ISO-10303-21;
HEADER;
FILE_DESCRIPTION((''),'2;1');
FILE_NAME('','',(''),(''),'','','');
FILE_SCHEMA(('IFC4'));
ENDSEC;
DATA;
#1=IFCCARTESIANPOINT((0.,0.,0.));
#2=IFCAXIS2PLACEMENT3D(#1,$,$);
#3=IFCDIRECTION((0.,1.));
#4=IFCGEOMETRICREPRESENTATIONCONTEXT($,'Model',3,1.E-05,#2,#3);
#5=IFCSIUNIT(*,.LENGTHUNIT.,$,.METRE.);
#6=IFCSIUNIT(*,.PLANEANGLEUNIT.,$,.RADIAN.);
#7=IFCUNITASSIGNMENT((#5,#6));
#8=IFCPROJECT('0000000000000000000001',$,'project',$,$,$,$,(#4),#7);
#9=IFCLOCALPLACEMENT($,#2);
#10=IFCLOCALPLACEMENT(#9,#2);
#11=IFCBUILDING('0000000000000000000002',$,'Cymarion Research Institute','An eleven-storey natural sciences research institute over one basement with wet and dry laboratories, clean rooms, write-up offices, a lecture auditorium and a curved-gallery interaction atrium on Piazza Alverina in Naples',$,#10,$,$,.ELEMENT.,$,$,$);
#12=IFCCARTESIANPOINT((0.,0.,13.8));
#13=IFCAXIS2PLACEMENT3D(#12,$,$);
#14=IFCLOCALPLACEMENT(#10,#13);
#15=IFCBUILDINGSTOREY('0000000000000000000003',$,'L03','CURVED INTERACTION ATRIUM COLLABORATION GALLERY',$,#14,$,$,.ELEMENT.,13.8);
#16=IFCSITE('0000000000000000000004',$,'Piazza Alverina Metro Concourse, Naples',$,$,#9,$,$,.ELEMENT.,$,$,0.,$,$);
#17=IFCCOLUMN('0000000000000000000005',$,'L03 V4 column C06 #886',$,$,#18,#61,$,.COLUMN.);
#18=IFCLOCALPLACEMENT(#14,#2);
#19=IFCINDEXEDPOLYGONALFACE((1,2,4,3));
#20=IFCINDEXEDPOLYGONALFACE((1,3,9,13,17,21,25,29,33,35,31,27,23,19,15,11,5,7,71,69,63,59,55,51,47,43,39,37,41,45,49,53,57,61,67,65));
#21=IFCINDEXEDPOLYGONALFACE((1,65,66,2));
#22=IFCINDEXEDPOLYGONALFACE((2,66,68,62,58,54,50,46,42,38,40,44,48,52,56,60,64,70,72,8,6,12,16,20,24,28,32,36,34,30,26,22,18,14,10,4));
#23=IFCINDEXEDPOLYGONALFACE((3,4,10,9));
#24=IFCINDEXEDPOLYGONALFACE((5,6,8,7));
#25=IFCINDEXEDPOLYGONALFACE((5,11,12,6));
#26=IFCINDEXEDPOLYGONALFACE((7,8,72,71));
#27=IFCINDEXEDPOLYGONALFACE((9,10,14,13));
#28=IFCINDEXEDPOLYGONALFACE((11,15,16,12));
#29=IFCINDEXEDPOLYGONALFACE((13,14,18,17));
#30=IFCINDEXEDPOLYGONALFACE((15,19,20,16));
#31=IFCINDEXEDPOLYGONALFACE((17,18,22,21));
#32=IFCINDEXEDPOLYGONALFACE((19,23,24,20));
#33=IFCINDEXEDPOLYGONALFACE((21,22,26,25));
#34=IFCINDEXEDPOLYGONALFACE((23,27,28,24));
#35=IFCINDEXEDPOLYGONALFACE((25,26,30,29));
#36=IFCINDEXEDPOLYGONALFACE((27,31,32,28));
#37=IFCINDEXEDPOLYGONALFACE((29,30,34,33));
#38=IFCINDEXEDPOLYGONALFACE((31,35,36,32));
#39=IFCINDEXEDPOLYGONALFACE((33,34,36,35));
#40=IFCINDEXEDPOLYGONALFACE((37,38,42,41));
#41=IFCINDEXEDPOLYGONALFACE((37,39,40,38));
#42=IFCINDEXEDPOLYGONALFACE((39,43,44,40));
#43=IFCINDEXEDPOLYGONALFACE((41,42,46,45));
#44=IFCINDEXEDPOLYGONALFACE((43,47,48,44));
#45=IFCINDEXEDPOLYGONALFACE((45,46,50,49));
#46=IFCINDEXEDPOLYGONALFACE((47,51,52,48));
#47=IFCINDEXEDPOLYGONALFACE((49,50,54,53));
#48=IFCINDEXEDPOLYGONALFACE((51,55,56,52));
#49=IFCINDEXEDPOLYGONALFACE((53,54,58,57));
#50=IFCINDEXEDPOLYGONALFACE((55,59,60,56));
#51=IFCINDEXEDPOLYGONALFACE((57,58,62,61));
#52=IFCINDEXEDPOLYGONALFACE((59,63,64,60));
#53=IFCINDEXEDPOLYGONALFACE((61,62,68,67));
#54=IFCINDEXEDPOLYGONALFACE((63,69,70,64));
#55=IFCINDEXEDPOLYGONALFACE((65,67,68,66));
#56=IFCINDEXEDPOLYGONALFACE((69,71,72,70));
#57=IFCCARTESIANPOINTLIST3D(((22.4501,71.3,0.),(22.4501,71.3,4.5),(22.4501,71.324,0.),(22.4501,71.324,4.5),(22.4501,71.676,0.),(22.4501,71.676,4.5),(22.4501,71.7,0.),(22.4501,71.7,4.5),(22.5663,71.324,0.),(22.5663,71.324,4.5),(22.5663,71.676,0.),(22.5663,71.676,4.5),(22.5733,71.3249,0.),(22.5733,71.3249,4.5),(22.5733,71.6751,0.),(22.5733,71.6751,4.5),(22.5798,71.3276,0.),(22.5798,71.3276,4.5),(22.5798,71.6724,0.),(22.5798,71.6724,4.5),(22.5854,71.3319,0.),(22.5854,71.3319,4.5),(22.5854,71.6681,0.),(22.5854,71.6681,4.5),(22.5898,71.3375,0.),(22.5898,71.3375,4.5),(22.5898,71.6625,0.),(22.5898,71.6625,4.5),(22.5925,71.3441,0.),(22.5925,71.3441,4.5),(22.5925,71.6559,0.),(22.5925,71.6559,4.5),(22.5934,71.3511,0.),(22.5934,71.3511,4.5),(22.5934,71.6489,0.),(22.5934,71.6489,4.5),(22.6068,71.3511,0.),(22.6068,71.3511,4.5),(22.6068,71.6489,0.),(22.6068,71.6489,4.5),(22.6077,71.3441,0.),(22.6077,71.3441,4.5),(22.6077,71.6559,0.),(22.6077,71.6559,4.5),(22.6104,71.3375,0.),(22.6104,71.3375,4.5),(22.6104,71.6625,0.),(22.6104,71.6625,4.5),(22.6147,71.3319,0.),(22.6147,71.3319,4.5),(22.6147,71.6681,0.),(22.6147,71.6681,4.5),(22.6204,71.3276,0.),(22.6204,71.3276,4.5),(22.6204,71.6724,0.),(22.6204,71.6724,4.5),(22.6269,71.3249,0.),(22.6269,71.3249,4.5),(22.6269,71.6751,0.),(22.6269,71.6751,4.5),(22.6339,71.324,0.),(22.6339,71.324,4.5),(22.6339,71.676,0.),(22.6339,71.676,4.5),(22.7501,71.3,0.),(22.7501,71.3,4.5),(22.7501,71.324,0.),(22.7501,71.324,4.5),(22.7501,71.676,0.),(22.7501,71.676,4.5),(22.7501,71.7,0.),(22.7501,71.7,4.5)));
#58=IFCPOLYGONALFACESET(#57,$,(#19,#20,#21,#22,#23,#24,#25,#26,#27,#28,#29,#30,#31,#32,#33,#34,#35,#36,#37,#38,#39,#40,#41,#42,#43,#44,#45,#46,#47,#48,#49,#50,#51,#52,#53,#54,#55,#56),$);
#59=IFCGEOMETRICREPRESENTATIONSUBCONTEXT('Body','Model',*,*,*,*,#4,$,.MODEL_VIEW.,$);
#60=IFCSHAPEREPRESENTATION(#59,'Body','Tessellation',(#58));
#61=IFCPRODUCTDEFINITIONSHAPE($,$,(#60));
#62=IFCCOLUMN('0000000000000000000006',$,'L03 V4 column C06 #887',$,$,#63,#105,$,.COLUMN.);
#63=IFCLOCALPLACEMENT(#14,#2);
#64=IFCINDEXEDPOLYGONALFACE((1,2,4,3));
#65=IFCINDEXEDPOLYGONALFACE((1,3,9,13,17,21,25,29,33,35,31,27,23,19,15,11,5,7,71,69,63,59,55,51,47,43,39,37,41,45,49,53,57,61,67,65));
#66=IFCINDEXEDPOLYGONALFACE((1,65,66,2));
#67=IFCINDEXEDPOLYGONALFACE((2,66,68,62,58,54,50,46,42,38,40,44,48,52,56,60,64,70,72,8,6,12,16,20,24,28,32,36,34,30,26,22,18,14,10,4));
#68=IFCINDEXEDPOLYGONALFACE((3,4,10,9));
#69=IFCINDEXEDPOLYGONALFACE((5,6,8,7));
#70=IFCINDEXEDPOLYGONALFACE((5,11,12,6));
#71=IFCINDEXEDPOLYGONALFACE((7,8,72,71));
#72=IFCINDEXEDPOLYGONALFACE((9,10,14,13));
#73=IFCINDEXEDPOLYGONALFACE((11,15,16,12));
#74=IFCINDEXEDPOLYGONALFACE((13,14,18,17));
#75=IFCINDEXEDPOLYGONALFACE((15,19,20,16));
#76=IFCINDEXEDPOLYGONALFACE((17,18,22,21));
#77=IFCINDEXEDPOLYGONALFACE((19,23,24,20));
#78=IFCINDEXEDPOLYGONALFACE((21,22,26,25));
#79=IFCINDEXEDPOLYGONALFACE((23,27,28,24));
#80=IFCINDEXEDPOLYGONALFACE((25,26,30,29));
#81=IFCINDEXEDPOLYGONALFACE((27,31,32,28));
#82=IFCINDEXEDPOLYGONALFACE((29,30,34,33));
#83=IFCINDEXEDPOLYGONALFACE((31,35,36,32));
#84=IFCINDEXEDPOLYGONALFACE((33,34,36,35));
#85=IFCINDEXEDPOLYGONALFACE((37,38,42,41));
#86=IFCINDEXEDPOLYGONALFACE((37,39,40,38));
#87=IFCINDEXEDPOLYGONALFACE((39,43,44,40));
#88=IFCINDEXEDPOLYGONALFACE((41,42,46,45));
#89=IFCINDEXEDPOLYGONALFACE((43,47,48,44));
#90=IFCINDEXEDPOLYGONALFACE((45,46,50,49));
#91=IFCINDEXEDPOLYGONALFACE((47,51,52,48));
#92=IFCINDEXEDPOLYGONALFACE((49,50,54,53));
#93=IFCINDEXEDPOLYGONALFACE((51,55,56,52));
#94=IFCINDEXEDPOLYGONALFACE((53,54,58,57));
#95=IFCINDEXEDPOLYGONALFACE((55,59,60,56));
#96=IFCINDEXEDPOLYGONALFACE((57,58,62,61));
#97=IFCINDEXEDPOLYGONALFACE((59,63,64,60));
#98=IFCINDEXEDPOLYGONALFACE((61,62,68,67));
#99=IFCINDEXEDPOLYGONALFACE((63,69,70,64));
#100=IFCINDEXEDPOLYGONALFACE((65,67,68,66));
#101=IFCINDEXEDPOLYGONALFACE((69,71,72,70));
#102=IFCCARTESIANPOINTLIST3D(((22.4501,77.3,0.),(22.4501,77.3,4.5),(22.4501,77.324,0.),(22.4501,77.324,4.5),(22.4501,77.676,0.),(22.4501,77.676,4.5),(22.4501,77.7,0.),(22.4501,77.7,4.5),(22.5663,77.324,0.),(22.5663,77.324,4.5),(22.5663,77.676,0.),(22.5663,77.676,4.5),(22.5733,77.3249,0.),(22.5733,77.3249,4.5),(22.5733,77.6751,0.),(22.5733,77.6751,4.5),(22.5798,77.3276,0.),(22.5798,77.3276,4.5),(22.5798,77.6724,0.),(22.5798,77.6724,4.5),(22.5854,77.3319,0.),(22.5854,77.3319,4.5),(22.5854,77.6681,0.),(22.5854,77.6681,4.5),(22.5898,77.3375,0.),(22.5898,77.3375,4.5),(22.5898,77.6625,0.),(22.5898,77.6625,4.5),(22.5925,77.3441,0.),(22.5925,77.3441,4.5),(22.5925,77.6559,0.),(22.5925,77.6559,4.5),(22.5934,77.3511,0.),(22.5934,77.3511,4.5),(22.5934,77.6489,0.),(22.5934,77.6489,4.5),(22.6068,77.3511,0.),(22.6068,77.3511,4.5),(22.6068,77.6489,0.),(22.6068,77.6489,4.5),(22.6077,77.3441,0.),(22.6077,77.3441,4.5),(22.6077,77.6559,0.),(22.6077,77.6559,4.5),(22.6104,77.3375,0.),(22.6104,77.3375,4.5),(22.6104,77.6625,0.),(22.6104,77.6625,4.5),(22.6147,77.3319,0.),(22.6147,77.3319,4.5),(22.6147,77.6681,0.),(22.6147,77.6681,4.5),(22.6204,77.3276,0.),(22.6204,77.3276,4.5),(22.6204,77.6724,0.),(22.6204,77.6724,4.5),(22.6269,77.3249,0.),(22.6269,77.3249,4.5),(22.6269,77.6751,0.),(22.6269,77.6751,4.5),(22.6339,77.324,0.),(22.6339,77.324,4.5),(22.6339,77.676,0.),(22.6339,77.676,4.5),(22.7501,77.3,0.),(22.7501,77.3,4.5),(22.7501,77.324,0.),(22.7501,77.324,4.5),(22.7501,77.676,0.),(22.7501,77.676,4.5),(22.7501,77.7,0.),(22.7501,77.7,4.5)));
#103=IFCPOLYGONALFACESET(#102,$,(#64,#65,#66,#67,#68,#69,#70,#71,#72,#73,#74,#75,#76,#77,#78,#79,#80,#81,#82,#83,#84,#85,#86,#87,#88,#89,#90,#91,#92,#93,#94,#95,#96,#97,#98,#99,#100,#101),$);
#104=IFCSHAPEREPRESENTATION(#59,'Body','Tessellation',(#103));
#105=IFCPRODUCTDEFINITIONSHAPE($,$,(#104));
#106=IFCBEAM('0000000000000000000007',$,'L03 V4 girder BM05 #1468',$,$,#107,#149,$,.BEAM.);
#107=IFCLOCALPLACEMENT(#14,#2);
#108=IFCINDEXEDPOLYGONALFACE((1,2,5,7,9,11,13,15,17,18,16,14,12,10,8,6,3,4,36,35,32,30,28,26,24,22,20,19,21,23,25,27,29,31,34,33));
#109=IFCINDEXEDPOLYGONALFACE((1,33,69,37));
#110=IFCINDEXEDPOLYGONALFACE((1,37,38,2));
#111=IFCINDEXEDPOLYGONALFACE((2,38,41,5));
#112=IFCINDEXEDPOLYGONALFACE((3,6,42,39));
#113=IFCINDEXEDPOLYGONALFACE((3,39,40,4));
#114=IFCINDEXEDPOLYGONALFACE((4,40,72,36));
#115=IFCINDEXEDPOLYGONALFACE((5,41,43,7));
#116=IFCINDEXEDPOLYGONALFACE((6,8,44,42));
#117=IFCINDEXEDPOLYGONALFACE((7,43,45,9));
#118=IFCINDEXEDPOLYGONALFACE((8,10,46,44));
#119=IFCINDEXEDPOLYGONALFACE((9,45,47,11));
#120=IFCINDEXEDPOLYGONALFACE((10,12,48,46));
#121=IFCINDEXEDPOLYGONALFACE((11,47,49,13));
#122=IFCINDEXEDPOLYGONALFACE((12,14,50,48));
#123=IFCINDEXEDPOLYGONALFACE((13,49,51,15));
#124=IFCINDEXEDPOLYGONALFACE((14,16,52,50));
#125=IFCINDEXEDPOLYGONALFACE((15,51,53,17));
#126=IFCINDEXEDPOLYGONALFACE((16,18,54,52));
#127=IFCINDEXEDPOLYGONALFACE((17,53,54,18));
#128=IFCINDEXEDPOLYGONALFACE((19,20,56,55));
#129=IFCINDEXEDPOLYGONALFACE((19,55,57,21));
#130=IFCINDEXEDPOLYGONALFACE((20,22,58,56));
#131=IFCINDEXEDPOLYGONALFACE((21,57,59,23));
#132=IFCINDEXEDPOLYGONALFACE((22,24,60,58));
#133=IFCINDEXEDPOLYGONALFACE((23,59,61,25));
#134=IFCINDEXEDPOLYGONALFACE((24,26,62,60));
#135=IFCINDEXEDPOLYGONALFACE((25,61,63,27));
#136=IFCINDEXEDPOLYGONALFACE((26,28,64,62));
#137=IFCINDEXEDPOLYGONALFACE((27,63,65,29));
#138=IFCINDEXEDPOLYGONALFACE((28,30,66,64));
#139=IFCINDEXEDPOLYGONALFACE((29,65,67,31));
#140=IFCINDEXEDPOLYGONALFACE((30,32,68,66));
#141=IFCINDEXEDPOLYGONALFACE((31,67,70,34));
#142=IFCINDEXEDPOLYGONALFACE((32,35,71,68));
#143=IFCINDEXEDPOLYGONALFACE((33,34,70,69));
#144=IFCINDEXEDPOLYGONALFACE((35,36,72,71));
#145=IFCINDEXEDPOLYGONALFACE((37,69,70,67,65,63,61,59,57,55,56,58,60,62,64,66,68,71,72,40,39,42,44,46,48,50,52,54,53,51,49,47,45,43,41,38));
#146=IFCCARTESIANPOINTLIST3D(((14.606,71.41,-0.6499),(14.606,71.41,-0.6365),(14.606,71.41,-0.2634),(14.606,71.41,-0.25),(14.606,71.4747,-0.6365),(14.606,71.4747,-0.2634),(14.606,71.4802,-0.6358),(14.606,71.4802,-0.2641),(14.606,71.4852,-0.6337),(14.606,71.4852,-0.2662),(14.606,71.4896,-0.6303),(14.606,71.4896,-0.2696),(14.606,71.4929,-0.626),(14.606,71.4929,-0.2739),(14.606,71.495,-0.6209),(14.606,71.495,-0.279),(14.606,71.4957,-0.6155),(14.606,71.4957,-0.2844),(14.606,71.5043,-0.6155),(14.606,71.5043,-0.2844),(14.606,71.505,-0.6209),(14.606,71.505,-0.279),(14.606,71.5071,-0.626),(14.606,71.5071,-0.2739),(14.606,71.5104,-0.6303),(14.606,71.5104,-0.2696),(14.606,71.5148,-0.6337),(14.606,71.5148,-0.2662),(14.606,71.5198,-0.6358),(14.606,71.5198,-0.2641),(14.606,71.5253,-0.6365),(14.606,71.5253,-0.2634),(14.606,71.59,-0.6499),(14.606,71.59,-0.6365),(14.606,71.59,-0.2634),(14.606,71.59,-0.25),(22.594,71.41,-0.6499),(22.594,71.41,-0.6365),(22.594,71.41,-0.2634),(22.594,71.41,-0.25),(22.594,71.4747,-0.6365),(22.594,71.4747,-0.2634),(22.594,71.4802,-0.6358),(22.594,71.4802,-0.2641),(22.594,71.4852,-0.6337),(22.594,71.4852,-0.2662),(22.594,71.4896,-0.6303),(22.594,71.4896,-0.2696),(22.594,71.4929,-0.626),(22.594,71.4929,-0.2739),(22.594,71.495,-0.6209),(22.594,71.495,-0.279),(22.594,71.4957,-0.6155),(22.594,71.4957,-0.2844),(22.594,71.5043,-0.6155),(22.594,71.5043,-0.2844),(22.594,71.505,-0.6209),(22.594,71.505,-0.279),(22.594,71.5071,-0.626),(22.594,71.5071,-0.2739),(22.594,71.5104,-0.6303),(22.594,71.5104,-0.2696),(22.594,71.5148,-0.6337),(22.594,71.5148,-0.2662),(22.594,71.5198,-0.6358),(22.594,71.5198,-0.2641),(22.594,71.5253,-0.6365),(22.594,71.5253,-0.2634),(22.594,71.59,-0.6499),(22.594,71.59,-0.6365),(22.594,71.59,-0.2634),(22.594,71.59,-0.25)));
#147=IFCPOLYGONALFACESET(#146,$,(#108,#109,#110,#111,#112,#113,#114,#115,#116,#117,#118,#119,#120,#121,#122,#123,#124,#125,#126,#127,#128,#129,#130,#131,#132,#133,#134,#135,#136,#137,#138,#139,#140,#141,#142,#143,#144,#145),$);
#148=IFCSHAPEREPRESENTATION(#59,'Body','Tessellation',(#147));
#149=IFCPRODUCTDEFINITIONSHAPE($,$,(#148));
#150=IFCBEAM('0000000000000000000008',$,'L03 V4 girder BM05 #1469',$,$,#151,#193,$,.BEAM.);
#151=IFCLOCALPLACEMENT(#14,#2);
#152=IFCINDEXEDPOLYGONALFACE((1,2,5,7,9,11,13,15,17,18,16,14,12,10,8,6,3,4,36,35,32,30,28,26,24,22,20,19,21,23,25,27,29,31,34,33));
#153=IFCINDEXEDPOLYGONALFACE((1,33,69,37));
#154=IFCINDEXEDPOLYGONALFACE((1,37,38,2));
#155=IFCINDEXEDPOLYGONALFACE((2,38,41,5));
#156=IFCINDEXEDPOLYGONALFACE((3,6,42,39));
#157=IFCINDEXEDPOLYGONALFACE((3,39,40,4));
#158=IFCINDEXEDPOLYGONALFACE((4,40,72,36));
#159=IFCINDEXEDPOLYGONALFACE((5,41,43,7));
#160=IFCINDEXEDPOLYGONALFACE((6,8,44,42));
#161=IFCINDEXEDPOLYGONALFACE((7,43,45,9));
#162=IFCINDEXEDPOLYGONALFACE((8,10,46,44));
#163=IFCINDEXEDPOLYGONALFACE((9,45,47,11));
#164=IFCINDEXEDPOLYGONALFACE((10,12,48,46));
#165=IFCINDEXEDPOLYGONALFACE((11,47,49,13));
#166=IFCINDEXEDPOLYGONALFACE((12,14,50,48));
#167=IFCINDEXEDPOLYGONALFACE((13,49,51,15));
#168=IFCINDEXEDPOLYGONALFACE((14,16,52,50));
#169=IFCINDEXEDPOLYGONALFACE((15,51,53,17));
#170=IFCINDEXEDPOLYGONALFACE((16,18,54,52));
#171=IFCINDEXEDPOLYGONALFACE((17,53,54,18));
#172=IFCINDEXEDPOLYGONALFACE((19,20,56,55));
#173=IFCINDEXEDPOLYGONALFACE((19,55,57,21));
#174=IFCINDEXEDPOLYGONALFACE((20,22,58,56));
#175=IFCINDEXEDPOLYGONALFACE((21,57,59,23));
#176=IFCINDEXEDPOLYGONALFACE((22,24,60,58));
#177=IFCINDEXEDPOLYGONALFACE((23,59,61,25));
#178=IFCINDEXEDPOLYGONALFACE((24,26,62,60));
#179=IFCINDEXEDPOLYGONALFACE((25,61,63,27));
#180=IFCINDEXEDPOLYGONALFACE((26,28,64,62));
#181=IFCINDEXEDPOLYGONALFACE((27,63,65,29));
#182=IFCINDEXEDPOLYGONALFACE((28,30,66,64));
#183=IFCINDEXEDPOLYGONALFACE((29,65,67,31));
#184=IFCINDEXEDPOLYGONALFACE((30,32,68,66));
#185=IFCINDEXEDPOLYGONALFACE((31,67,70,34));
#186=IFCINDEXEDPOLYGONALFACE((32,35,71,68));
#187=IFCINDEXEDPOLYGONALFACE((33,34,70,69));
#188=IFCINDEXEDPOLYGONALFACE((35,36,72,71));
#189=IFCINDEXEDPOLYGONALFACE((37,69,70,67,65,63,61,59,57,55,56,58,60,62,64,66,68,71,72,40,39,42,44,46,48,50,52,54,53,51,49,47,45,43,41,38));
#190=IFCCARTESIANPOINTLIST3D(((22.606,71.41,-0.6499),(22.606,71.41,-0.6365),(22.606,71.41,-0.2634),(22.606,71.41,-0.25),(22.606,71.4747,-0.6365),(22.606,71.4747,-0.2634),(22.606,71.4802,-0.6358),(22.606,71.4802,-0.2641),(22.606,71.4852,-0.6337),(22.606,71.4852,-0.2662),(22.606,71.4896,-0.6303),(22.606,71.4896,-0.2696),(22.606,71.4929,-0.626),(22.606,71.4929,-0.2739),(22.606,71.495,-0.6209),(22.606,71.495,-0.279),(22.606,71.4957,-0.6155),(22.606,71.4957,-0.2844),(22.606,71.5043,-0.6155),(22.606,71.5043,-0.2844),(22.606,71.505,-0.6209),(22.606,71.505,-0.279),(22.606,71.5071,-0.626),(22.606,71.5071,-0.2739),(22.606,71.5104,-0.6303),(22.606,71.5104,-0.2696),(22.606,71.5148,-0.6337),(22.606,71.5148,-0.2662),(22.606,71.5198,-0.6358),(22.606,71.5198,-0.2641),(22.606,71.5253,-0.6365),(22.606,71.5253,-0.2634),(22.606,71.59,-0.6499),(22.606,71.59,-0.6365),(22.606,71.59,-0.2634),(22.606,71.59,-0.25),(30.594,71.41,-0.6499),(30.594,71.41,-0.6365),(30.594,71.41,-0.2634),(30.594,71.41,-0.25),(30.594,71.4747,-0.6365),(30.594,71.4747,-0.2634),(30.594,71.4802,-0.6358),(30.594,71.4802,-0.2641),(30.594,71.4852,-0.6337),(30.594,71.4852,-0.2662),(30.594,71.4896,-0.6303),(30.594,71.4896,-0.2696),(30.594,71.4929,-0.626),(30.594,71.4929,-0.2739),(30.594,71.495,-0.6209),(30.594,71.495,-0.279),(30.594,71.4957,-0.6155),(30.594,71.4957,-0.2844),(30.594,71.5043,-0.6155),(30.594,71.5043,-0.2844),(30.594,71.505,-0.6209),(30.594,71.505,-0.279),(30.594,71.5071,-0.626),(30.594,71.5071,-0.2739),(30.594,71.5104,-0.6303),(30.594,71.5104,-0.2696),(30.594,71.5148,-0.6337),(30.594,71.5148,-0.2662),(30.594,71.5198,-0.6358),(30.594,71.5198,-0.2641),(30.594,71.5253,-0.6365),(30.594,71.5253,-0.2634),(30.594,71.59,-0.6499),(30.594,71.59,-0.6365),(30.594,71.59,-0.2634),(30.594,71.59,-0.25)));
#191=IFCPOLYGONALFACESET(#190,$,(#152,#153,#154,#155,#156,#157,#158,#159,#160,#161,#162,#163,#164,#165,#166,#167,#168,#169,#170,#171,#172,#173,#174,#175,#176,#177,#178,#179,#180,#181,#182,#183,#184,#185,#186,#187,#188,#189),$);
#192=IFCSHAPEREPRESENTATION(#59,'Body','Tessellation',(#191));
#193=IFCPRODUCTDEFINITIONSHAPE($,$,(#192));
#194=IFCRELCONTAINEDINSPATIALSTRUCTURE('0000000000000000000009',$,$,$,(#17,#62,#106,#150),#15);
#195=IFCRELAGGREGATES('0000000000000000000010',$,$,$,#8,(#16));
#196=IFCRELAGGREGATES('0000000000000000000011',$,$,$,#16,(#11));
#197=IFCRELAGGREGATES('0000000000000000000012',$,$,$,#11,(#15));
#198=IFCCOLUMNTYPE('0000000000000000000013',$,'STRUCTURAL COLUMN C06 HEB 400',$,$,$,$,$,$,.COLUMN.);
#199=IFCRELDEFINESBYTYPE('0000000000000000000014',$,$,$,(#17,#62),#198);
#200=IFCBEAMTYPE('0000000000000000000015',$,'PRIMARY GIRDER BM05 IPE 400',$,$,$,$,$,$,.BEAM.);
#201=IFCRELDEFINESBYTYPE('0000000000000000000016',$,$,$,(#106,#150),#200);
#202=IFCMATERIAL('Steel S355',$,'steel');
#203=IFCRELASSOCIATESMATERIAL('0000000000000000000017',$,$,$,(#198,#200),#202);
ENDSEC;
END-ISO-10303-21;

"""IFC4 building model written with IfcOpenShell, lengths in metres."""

from ifc_helpers import new_model, si_unit, direction, frame, origin, origin_2d, place, context, subcontext, project, spatial, i_section, extrude, material, material_profile, profile_set, type_object, element, save


model = new_model("IFC4")

# Units and contexts
model_context = context("Model", 3, precision=1e-05, world=origin(), true_north=direction((0.0, 1.0)))
body_context = subcontext(model_context, "Body", "Model", "MODEL_VIEW")
ifc_project = project(units=[si_unit("LENGTHUNIT", "METRE"), si_unit("PLANEANGLEUNIT", "RADIAN")], contexts=[model_context])

# Site, building, storey
site_placement = place(None, origin())
site = spatial("IfcSite", under=ifc_project, at=site_placement, Name="Piazza Alverina Metro Concourse, Naples", CompositionType="ELEMENT", RefElevation=0.0)
building_placement = place(site_placement, origin())
building = spatial("IfcBuilding", under=site, at=building_placement, Name="Cymarion Research Institute", Description="An eleven-storey natural sciences research institute over one basement with wet and dry laboratories, clean rooms, write-up offices, a lecture auditorium and a curved-gallery interaction atrium on Piazza Alverina in Naples", CompositionType="ELEMENT")
storey_placement = place(building_placement, frame((0.0, 0.0, 13.8)))
storey = spatial("IfcBuildingStorey", under=building, at=storey_placement, Name="L03", Description="CURVED INTERACTION ATRIUM COLLABORATION GALLERY", CompositionType="ELEMENT", Elevation=13.8)

# Columns
ifc_material_1 = material(Name="Steel S355", Category="steel")
ifc_material_profile_1 = material_profile(ifc_material_1, i_section(OverallWidth=0.3, OverallDepth=0.3999, WebThickness=0.0134, FlangeThickness=0.0239, FilletRadius=0.0271, at=origin_2d()), Name="HEB 400")
ifc_profile_set_1 = profile_set([ifc_material_profile_1], Name="Steel S355")
column_type = type_object("IfcColumnType", Name="STRUCTURAL COLUMN C06 HEB 400", PredefinedType="COLUMN", material=ifc_profile_set_1)
for number, where, z_axis, x_axis, name in (
    (1, (22.6001, 71.5, 0.0), (0.0, 0.0, 1.0), (1.0, 0.0, 0.0), "L03 V4 column C06 #886"),
    (2, (22.6001, 77.5, 0.0), (0.0, 0.0, 1.0), (1.0, 0.0, 0.0), "L03 V4 column C06 #887"),
):
    element("IfcColumn", number, at=place(storey_placement, frame(where, z_axis=z_axis, x_axis=x_axis)), inside=storey, type_object=column_type, Name=name, PredefinedType="COLUMN", context=body_context, shape_type="SweptSolid", body=[
        extrude(i_section(OverallWidth=0.3, OverallDepth=0.3999, WebThickness=0.0134, FlangeThickness=0.0239, FilletRadius=0.0271, at=origin_2d()), origin(), (0.0, 0.0, 1.0), 4.5),
    ])

# Beams
ifc_material_profile_2 = material_profile(ifc_material_1, i_section(OverallWidth=0.1799, OverallDepth=0.3999, WebThickness=0.0085, FlangeThickness=0.0134, FilletRadius=0.021, at=origin_2d()), Name="IPE 400")
ifc_profile_set_2 = profile_set([ifc_material_profile_2], Name="Steel S355")
beam_type_1 = type_object("IfcBeamType", Name="PRIMARY GIRDER BM05 IPE 400", PredefinedType="BEAM", material=ifc_profile_set_2)
for number, where, z_axis, x_axis, name in (
    (3, (14.606, 71.5, -0.45), (1.0, 0.0, 0.0), (0.0, 1.0, 0.0), "L03 V4 girder BM05 #1468"),
    (4, (22.606, 71.5, -0.45), (1.0, 0.0, 0.0), (0.0, 1.0, 0.0), "L03 V4 girder BM05 #1469"),
):
    element("IfcBeam", number, at=place(storey_placement, frame(where, z_axis=z_axis, x_axis=x_axis)), inside=storey, type_object=beam_type_1, Name=name, PredefinedType="BEAM", context=body_context, shape_type="SweptSolid", body=[
        extrude(i_section(OverallWidth=0.1799, OverallDepth=0.3999, WebThickness=0.0085, FlangeThickness=0.0134, FilletRadius=0.021, at=origin_2d()), origin(), (0.0, 0.0, 1.0), 7.988),
    ])

save(model, "model.ifc")
